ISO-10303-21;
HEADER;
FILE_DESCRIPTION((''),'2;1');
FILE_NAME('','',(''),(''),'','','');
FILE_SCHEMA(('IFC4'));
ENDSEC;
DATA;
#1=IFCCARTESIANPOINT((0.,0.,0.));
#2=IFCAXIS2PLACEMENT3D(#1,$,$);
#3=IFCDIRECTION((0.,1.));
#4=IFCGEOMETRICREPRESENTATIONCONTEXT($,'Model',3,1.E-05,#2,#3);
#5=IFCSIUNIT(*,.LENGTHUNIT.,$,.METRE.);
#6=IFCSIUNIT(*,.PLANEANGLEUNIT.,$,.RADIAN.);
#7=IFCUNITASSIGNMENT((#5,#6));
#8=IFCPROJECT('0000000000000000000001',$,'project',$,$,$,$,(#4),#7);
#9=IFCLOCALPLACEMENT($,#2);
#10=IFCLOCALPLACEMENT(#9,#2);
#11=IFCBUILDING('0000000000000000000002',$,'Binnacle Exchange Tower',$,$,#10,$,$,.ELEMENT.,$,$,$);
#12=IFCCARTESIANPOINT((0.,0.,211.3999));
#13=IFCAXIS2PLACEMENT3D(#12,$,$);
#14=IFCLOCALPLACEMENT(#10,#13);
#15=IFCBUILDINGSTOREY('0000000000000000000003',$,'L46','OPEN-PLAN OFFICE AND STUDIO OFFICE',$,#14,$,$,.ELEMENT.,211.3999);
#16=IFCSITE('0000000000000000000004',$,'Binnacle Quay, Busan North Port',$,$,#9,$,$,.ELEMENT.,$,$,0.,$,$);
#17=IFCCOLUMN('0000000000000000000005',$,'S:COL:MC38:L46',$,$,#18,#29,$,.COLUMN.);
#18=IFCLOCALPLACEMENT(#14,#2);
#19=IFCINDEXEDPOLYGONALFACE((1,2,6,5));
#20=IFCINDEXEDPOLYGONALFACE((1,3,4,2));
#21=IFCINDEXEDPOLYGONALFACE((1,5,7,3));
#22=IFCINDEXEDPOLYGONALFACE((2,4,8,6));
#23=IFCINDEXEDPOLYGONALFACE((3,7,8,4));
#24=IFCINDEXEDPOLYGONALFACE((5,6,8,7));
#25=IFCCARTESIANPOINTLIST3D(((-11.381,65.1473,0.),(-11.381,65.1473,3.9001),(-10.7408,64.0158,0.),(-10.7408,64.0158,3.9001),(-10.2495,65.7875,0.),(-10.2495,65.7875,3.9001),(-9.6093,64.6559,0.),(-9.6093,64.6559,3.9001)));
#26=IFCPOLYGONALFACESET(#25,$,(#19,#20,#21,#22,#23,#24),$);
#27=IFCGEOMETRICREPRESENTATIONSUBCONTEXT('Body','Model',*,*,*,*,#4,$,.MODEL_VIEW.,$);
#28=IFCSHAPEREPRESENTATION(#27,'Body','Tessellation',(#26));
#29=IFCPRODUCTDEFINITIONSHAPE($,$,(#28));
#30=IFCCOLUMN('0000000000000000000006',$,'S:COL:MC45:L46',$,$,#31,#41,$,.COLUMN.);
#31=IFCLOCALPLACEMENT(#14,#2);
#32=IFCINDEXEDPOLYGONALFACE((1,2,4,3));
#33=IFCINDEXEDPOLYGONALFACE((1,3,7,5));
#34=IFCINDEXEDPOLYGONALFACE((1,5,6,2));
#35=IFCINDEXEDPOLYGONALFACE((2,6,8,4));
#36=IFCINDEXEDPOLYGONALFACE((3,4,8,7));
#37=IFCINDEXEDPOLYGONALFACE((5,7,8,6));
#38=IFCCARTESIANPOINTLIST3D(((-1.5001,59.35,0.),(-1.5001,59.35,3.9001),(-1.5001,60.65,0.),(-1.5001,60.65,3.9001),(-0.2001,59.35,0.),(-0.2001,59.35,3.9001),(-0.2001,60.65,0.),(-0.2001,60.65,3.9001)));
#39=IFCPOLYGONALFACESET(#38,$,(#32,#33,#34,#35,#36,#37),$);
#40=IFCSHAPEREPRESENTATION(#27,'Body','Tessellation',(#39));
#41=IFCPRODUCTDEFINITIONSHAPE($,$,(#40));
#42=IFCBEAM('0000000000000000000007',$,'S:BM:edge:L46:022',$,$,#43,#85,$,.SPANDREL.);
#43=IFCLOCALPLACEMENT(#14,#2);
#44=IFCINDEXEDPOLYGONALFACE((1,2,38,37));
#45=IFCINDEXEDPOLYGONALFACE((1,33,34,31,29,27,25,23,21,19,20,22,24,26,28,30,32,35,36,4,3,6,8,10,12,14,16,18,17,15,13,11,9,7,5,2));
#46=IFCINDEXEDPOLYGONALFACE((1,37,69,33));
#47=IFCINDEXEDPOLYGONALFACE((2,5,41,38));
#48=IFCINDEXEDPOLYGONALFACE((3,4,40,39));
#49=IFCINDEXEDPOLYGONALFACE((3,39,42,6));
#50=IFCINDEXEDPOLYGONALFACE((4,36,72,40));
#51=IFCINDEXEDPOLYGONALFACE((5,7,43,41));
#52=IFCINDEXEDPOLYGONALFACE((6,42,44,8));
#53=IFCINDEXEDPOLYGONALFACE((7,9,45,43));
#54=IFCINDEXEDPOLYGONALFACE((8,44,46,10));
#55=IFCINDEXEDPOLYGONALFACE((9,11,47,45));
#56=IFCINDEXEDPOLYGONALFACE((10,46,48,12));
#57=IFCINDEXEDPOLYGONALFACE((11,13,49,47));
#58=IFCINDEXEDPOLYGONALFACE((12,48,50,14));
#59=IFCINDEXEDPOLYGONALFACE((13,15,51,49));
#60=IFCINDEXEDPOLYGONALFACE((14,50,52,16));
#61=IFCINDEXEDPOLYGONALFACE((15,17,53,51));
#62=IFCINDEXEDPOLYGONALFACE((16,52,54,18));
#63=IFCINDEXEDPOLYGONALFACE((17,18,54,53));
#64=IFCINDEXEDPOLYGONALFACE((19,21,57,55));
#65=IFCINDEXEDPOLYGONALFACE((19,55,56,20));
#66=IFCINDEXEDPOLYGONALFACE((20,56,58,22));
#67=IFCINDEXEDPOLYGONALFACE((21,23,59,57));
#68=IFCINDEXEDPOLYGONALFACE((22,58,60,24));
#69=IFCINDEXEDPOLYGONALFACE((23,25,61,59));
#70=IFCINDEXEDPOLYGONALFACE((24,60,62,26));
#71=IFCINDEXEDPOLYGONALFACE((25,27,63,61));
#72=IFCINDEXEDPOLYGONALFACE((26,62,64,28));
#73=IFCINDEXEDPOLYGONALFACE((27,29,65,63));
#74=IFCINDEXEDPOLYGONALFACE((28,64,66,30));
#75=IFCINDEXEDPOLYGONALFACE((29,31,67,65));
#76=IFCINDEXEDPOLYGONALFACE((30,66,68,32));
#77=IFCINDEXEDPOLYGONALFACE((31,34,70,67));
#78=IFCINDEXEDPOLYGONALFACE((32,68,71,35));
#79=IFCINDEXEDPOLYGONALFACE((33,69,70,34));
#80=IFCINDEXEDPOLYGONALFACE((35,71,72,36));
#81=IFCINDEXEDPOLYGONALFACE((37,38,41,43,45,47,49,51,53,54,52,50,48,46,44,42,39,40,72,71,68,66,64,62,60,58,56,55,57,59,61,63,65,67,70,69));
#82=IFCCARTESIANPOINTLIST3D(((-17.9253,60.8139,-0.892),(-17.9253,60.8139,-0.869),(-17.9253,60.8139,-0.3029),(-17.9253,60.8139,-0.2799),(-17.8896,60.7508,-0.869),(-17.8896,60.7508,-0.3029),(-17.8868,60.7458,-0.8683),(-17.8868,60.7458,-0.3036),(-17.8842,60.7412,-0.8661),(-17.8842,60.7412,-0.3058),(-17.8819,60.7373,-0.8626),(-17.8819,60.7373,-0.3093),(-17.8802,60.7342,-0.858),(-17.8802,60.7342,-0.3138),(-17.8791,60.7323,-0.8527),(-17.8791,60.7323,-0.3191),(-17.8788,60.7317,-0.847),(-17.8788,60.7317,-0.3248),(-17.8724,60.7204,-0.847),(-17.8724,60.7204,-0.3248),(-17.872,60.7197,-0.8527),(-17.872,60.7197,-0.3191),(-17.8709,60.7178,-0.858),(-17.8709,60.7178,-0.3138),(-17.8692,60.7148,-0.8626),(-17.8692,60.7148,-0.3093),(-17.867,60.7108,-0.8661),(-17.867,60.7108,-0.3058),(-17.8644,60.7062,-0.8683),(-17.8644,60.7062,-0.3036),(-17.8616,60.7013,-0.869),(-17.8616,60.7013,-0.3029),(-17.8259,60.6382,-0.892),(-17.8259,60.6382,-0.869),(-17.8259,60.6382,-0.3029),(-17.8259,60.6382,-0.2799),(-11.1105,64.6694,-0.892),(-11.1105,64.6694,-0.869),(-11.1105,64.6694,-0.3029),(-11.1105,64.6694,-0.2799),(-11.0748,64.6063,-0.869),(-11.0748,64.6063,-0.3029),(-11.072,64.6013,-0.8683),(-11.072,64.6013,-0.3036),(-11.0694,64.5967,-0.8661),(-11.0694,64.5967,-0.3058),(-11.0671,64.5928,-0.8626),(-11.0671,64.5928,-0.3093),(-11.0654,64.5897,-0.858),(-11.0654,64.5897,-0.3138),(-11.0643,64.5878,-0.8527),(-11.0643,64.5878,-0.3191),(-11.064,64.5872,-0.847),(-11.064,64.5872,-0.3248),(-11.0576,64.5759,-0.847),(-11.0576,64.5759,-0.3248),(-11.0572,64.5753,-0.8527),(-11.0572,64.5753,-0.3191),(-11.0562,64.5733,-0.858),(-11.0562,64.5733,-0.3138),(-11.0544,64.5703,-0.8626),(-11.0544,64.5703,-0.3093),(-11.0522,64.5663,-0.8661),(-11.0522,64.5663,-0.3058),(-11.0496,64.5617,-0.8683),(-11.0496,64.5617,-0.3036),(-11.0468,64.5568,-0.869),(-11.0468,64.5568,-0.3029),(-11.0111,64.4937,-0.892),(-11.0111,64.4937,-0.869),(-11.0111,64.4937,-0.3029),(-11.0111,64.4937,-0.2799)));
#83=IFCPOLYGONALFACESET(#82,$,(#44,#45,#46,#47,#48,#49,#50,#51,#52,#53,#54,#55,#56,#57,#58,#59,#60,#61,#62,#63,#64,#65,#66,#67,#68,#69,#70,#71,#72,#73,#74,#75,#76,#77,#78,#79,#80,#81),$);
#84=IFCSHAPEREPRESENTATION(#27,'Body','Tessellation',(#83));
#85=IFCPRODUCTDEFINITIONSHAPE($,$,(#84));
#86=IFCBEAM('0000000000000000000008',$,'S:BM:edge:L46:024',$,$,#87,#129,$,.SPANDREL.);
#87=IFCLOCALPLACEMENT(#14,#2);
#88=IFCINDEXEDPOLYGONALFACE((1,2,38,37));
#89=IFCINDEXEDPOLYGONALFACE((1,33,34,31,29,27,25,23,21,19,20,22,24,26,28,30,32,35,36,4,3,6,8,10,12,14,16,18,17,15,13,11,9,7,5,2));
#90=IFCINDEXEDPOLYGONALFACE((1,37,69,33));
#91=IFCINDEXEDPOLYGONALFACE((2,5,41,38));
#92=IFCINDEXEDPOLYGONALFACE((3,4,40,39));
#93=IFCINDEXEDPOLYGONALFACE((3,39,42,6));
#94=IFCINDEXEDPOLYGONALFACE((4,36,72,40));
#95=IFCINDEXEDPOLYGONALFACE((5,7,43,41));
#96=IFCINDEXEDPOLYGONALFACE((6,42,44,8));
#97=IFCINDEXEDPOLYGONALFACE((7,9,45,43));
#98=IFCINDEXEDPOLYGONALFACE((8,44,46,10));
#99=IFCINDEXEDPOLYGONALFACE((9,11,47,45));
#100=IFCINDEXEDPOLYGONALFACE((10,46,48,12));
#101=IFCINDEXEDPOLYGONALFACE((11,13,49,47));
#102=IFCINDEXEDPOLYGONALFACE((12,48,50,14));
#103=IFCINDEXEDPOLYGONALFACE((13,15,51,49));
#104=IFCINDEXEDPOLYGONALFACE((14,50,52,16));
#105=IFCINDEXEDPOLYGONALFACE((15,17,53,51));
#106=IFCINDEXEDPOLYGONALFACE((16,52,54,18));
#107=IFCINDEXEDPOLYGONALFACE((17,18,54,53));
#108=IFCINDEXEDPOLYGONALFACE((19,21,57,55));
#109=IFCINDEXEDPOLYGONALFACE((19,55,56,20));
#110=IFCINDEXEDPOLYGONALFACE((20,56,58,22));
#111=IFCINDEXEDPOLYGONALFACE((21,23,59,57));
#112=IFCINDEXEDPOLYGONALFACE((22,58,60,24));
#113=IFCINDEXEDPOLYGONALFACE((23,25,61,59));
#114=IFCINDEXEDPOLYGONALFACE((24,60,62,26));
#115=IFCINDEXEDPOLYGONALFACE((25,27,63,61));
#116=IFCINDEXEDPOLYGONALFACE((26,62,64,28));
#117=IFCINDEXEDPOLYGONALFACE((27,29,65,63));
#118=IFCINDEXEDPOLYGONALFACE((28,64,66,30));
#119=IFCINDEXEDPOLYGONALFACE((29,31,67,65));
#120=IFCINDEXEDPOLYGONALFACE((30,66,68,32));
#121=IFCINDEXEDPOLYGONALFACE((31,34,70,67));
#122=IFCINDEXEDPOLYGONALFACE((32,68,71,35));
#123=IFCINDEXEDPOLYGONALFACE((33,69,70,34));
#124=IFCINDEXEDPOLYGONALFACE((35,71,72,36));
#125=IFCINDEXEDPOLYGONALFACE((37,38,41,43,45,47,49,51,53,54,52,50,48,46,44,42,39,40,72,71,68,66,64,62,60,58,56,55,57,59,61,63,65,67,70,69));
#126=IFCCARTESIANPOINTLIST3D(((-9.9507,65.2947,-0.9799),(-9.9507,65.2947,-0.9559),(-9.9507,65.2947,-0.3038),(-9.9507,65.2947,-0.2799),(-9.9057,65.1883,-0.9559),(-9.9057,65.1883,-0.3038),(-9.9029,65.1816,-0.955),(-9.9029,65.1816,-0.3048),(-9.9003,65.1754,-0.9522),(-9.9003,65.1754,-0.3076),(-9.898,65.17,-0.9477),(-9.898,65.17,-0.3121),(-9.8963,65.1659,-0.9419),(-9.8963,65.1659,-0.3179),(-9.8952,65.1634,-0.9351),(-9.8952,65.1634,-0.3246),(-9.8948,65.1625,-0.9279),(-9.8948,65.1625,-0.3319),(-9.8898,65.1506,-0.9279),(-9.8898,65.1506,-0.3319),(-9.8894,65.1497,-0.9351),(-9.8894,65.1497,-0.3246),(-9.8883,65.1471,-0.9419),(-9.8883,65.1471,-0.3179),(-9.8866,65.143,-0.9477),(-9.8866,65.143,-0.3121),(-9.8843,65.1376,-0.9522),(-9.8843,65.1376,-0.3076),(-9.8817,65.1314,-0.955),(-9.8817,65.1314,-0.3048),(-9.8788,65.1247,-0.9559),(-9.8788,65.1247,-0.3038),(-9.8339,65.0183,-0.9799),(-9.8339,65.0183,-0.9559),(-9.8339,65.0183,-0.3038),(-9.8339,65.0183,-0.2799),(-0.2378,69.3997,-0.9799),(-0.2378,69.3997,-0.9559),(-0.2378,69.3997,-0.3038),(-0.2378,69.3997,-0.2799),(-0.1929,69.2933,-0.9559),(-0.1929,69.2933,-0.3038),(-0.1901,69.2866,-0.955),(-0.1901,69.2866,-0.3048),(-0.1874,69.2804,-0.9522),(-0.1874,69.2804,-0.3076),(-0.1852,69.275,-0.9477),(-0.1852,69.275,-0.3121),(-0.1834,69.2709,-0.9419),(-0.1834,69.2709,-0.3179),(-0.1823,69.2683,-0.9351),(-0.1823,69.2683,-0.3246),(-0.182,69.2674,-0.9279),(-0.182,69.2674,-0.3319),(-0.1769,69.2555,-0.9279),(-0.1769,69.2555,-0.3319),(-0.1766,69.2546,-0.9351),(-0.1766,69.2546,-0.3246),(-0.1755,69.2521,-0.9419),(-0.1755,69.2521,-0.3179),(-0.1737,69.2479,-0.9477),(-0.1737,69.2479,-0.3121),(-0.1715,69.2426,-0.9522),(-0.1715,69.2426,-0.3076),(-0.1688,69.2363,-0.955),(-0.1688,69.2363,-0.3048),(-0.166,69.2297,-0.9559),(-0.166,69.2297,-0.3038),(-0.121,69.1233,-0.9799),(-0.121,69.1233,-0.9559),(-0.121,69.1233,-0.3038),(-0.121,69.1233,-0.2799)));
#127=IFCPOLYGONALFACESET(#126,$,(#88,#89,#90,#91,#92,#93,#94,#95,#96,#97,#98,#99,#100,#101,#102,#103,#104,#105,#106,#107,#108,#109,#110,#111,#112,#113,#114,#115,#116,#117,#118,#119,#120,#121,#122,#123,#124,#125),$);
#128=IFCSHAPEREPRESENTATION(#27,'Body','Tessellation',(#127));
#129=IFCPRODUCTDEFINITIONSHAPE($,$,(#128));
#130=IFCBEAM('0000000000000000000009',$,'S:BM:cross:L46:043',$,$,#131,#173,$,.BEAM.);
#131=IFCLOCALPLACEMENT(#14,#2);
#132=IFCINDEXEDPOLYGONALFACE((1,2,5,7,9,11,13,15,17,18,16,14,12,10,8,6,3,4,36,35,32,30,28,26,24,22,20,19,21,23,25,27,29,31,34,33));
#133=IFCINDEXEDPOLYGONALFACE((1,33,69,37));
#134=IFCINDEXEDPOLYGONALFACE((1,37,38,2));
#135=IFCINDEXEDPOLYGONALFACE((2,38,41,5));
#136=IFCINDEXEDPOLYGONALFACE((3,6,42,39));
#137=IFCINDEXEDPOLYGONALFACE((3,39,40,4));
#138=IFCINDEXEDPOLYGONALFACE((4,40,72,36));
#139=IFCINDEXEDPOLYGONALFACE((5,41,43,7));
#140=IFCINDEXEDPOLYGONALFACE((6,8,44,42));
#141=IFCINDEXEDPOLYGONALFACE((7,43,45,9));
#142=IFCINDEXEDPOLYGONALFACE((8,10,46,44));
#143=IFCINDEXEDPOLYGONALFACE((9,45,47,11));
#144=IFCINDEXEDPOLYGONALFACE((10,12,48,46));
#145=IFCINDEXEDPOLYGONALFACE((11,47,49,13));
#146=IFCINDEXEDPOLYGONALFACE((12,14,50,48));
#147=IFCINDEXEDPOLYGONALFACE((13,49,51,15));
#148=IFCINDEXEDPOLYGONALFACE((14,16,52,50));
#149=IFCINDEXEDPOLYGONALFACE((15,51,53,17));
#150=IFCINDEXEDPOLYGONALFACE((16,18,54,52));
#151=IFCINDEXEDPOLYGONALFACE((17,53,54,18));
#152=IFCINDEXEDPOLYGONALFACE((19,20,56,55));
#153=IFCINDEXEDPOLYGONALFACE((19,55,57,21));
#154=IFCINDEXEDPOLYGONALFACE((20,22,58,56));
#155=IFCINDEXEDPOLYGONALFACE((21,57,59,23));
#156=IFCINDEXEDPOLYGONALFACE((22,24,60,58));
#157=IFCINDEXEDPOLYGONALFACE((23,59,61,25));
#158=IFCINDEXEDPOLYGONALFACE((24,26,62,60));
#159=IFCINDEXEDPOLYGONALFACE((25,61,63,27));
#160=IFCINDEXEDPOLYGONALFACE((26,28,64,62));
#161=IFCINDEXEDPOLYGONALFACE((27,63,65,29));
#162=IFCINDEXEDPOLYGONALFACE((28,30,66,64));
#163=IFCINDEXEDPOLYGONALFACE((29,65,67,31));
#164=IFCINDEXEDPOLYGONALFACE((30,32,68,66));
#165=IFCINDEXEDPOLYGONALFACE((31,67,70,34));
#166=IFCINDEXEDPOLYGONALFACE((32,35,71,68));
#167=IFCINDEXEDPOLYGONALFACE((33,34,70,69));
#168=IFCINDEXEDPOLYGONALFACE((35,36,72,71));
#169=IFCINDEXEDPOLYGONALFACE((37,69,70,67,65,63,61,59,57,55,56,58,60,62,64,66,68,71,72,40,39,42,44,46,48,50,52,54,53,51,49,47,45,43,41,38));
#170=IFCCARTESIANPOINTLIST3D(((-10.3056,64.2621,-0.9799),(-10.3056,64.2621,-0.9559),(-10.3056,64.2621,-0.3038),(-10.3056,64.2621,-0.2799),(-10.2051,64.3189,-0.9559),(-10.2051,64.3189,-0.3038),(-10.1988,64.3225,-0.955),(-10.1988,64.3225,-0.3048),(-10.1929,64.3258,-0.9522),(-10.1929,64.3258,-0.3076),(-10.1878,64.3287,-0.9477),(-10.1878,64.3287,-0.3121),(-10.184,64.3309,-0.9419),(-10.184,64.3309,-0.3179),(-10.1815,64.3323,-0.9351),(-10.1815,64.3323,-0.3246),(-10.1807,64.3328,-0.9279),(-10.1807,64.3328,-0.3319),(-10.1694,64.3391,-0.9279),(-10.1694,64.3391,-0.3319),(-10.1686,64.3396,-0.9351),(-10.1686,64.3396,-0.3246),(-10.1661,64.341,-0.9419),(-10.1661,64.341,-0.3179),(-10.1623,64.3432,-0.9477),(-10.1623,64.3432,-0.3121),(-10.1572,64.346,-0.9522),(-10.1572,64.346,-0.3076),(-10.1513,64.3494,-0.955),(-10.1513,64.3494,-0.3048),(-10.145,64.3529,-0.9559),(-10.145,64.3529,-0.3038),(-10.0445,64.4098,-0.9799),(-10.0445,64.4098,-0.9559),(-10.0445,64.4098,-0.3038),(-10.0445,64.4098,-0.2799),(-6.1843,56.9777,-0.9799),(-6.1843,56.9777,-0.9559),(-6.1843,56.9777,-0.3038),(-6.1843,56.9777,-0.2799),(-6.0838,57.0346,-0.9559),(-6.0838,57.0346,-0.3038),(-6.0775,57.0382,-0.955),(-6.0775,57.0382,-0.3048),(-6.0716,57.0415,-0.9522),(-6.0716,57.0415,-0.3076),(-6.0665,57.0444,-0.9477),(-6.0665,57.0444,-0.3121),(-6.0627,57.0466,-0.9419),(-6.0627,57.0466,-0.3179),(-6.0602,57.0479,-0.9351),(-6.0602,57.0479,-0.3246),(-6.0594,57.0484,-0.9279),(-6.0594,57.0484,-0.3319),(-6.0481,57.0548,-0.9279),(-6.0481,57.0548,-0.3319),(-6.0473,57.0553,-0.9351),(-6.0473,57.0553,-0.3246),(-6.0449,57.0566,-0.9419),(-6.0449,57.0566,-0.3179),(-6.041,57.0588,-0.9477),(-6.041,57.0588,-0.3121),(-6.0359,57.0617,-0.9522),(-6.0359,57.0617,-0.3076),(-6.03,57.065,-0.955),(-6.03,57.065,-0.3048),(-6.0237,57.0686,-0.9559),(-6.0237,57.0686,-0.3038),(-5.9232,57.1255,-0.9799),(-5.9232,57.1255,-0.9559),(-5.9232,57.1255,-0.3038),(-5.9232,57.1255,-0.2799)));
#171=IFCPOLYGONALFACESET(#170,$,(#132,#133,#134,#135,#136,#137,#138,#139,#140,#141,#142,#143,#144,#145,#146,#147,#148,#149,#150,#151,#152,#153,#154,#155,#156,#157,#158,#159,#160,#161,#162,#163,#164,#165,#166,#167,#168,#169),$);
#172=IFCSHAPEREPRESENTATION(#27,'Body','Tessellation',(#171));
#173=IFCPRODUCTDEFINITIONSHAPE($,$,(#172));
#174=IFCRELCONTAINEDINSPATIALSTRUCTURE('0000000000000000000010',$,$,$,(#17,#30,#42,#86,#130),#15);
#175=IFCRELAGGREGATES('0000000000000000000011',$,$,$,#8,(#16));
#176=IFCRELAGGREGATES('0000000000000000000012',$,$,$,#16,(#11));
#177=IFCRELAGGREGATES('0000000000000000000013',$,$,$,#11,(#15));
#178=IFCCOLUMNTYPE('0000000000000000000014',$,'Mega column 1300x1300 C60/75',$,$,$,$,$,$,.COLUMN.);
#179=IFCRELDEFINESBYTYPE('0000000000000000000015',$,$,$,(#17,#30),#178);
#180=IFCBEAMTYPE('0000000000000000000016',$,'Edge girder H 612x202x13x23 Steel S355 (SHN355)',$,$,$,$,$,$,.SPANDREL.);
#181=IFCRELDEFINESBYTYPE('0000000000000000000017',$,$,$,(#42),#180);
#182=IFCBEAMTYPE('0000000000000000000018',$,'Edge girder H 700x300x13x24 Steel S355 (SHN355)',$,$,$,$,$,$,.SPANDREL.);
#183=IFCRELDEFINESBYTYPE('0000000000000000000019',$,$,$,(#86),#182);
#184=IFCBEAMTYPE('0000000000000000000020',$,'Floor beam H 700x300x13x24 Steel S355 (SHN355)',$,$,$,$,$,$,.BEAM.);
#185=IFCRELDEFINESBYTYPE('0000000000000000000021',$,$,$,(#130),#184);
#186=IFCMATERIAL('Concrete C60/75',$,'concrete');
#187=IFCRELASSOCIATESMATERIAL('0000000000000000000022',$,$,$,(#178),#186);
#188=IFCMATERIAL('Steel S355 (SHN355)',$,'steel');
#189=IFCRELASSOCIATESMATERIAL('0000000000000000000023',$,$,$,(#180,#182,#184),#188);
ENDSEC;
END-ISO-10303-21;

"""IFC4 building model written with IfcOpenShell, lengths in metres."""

from ifc_helpers import new_model, si_unit, direction, frame, origin, origin_2d, place, context, subcontext, project, spatial, rectangle, i_section, extrude, material, material_profile, profile_set, type_object, element, save


model = new_model("IFC4")

# Units and contexts
model_context = context("Model", 3, precision=1e-05, world=origin(), true_north=direction((0.0, 1.0)))
body_context = subcontext(model_context, "Body", "Model", "MODEL_VIEW")
ifc_project = project(units=[si_unit("LENGTHUNIT", "METRE"), si_unit("PLANEANGLEUNIT", "RADIAN")], contexts=[model_context])

# Site, building, storey
site_placement = place(None, origin())
site = spatial("IfcSite", under=ifc_project, at=site_placement, Name="Binnacle Quay, Busan North Port", CompositionType="ELEMENT", RefElevation=0.0)
building_placement = place(site_placement, origin())
building = spatial("IfcBuilding", under=site, at=building_placement, Name="Binnacle Exchange Tower", CompositionType="ELEMENT")
storey_placement = place(building_placement, frame((0.0, 0.0, 211.3999)))
storey = spatial("IfcBuildingStorey", under=building, at=storey_placement, Name="L46", Description="OPEN-PLAN OFFICE AND STUDIO OFFICE", CompositionType="ELEMENT", Elevation=211.3999)

# Columns
ifc_material_1 = material(Name="Concrete C60/75", Category="concrete")
ifc_material_profile_1 = material_profile(ifc_material_1, rectangle(XDim=1.3, YDim=1.3, at=origin_2d()), Name="Mega column 1300x1300 C60/75")
ifc_profile_set_1 = profile_set([ifc_material_profile_1], Name="Concrete C60/75")
column_type = type_object("IfcColumnType", Name="Mega column 1300x1300 C60/75", PredefinedType="COLUMN", material=ifc_profile_set_1)
for number, where, z_axis, x_axis, name in (
    (1, (-10.4951, 64.9016, 0.0), (0.0, 0.0, 1.0), (-0.870356, -0.492424, 0.0), "S:COL:MC38:L46"),
    (2, (-0.8501, 60.0, 0.0), (0.0, 0.0, 1.0), (0.0, 1.0, 0.0), "S:COL:MC45:L46"),
):
    element("IfcColumn", number, at=place(storey_placement, frame(where, z_axis=z_axis, x_axis=x_axis)), inside=storey, type_object=column_type, Name=name, PredefinedType="COLUMN", context=body_context, shape_type="SweptSolid", body=[
        extrude(rectangle(XDim=1.3, YDim=1.3, at=origin_2d()), origin(), (0.0, 0.0, 1.0), 3.9001),
    ])

# Beams
ifc_material_2 = material(Name="Steel S355 (SHN355)", Category="steel")
ifc_material_profile_2 = material_profile(ifc_material_2, i_section(OverallWidth=0.2019, OverallDepth=0.6121, WebThickness=0.0129, FlangeThickness=0.0229, FilletRadius=0.022, at=origin_2d()), Name="H 612x202x13x23")
ifc_profile_set_2 = profile_set([ifc_material_profile_2], Name="Steel S355 (SHN355)")
beam_type_1 = type_object("IfcBeamType", Name="Edge girder H 612x202x13x23 Steel S355 (SHN355)", PredefinedType="SPANDREL", material=ifc_profile_set_2)
beam_1_placement = place(storey_placement, frame((-11.0608, 64.5815, -0.5859), z_axis=(-0.870361, -0.492414, 0.0), x_axis=(0.492414, -0.870361, 0.0)))
element("IfcBeam", 3, at=beam_1_placement, inside=storey, type_object=beam_type_1, Name="S:BM:edge:L46:022", PredefinedType="SPANDREL", context=body_context, shape_type="SweptSolid", body=[
    extrude(i_section(OverallWidth=0.2019, OverallDepth=0.6121, WebThickness=0.0129, FlangeThickness=0.0229, FilletRadius=0.022, at=origin_2d()), origin(), (0.0, 0.0, 1.0), 7.8298),
])
ifc_material_profile_3 = material_profile(ifc_material_2, i_section(OverallWidth=0.3, OverallDepth=0.7, WebThickness=0.0129, FlangeThickness=0.0239, FilletRadius=0.0281, at=origin_2d()), Name="H 700x300x13x24")
ifc_profile_set_3 = profile_set([ifc_material_profile_3], Name="Steel S355 (SHN355)")
beam_type_2 = type_object("IfcBeamType", Name="Edge girder H 700x300x13x24 Steel S355 (SHN355)", PredefinedType="SPANDREL", material=ifc_profile_set_3)
beam_2_placement = place(storey_placement, frame((-0.1794, 69.2615, -0.6299), z_axis=(-0.921114, -0.389293, 0.0), x_axis=(0.389293, -0.921114, 0.0)))
element("IfcBeam", 4, at=beam_2_placement, inside=storey, type_object=beam_type_2, Name="S:BM:edge:L46:024", PredefinedType="SPANDREL", context=body_context, shape_type="SweptSolid", body=[
    extrude(i_section(OverallWidth=0.3, OverallDepth=0.7, WebThickness=0.0129, FlangeThickness=0.0239, FilletRadius=0.0281, at=origin_2d()), origin(), (0.0, 0.0, 1.0), 10.5447),
])
ifc_material_profile_4 = material_profile(ifc_material_2, i_section(OverallWidth=0.3, OverallDepth=0.7, WebThickness=0.0129, FlangeThickness=0.0239, FilletRadius=0.0281, at=origin_2d()), Name="H 700x300x13x24")
ifc_profile_set_4 = profile_set([ifc_material_profile_4], Name="Steel S355 (SHN355)")
beam_type_3 = type_object("IfcBeamType", Name="Floor beam H 700x300x13x24 Steel S355 (SHN355)", PredefinedType="BEAM", material=ifc_profile_set_4)
beam_3_placement = place(storey_placement, frame((-10.175, 64.3359, -0.6299), z_axis=(0.492424, -0.870355, 0.0), x_axis=(0.870355, 0.492424, 0.0)))
element("IfcBeam", 5, at=beam_3_placement, inside=storey, type_object=beam_type_3, Name="S:BM:cross:L46:043", PredefinedType="BEAM", context=body_context, shape_type="SweptSolid", body=[
    extrude(i_section(OverallWidth=0.3, OverallDepth=0.7, WebThickness=0.0129, FlangeThickness=0.0239, FilletRadius=0.0281, at=origin_2d()), origin(), (0.0, 0.0, 1.0), 8.3694),
])

save(model, "model.ifc")
